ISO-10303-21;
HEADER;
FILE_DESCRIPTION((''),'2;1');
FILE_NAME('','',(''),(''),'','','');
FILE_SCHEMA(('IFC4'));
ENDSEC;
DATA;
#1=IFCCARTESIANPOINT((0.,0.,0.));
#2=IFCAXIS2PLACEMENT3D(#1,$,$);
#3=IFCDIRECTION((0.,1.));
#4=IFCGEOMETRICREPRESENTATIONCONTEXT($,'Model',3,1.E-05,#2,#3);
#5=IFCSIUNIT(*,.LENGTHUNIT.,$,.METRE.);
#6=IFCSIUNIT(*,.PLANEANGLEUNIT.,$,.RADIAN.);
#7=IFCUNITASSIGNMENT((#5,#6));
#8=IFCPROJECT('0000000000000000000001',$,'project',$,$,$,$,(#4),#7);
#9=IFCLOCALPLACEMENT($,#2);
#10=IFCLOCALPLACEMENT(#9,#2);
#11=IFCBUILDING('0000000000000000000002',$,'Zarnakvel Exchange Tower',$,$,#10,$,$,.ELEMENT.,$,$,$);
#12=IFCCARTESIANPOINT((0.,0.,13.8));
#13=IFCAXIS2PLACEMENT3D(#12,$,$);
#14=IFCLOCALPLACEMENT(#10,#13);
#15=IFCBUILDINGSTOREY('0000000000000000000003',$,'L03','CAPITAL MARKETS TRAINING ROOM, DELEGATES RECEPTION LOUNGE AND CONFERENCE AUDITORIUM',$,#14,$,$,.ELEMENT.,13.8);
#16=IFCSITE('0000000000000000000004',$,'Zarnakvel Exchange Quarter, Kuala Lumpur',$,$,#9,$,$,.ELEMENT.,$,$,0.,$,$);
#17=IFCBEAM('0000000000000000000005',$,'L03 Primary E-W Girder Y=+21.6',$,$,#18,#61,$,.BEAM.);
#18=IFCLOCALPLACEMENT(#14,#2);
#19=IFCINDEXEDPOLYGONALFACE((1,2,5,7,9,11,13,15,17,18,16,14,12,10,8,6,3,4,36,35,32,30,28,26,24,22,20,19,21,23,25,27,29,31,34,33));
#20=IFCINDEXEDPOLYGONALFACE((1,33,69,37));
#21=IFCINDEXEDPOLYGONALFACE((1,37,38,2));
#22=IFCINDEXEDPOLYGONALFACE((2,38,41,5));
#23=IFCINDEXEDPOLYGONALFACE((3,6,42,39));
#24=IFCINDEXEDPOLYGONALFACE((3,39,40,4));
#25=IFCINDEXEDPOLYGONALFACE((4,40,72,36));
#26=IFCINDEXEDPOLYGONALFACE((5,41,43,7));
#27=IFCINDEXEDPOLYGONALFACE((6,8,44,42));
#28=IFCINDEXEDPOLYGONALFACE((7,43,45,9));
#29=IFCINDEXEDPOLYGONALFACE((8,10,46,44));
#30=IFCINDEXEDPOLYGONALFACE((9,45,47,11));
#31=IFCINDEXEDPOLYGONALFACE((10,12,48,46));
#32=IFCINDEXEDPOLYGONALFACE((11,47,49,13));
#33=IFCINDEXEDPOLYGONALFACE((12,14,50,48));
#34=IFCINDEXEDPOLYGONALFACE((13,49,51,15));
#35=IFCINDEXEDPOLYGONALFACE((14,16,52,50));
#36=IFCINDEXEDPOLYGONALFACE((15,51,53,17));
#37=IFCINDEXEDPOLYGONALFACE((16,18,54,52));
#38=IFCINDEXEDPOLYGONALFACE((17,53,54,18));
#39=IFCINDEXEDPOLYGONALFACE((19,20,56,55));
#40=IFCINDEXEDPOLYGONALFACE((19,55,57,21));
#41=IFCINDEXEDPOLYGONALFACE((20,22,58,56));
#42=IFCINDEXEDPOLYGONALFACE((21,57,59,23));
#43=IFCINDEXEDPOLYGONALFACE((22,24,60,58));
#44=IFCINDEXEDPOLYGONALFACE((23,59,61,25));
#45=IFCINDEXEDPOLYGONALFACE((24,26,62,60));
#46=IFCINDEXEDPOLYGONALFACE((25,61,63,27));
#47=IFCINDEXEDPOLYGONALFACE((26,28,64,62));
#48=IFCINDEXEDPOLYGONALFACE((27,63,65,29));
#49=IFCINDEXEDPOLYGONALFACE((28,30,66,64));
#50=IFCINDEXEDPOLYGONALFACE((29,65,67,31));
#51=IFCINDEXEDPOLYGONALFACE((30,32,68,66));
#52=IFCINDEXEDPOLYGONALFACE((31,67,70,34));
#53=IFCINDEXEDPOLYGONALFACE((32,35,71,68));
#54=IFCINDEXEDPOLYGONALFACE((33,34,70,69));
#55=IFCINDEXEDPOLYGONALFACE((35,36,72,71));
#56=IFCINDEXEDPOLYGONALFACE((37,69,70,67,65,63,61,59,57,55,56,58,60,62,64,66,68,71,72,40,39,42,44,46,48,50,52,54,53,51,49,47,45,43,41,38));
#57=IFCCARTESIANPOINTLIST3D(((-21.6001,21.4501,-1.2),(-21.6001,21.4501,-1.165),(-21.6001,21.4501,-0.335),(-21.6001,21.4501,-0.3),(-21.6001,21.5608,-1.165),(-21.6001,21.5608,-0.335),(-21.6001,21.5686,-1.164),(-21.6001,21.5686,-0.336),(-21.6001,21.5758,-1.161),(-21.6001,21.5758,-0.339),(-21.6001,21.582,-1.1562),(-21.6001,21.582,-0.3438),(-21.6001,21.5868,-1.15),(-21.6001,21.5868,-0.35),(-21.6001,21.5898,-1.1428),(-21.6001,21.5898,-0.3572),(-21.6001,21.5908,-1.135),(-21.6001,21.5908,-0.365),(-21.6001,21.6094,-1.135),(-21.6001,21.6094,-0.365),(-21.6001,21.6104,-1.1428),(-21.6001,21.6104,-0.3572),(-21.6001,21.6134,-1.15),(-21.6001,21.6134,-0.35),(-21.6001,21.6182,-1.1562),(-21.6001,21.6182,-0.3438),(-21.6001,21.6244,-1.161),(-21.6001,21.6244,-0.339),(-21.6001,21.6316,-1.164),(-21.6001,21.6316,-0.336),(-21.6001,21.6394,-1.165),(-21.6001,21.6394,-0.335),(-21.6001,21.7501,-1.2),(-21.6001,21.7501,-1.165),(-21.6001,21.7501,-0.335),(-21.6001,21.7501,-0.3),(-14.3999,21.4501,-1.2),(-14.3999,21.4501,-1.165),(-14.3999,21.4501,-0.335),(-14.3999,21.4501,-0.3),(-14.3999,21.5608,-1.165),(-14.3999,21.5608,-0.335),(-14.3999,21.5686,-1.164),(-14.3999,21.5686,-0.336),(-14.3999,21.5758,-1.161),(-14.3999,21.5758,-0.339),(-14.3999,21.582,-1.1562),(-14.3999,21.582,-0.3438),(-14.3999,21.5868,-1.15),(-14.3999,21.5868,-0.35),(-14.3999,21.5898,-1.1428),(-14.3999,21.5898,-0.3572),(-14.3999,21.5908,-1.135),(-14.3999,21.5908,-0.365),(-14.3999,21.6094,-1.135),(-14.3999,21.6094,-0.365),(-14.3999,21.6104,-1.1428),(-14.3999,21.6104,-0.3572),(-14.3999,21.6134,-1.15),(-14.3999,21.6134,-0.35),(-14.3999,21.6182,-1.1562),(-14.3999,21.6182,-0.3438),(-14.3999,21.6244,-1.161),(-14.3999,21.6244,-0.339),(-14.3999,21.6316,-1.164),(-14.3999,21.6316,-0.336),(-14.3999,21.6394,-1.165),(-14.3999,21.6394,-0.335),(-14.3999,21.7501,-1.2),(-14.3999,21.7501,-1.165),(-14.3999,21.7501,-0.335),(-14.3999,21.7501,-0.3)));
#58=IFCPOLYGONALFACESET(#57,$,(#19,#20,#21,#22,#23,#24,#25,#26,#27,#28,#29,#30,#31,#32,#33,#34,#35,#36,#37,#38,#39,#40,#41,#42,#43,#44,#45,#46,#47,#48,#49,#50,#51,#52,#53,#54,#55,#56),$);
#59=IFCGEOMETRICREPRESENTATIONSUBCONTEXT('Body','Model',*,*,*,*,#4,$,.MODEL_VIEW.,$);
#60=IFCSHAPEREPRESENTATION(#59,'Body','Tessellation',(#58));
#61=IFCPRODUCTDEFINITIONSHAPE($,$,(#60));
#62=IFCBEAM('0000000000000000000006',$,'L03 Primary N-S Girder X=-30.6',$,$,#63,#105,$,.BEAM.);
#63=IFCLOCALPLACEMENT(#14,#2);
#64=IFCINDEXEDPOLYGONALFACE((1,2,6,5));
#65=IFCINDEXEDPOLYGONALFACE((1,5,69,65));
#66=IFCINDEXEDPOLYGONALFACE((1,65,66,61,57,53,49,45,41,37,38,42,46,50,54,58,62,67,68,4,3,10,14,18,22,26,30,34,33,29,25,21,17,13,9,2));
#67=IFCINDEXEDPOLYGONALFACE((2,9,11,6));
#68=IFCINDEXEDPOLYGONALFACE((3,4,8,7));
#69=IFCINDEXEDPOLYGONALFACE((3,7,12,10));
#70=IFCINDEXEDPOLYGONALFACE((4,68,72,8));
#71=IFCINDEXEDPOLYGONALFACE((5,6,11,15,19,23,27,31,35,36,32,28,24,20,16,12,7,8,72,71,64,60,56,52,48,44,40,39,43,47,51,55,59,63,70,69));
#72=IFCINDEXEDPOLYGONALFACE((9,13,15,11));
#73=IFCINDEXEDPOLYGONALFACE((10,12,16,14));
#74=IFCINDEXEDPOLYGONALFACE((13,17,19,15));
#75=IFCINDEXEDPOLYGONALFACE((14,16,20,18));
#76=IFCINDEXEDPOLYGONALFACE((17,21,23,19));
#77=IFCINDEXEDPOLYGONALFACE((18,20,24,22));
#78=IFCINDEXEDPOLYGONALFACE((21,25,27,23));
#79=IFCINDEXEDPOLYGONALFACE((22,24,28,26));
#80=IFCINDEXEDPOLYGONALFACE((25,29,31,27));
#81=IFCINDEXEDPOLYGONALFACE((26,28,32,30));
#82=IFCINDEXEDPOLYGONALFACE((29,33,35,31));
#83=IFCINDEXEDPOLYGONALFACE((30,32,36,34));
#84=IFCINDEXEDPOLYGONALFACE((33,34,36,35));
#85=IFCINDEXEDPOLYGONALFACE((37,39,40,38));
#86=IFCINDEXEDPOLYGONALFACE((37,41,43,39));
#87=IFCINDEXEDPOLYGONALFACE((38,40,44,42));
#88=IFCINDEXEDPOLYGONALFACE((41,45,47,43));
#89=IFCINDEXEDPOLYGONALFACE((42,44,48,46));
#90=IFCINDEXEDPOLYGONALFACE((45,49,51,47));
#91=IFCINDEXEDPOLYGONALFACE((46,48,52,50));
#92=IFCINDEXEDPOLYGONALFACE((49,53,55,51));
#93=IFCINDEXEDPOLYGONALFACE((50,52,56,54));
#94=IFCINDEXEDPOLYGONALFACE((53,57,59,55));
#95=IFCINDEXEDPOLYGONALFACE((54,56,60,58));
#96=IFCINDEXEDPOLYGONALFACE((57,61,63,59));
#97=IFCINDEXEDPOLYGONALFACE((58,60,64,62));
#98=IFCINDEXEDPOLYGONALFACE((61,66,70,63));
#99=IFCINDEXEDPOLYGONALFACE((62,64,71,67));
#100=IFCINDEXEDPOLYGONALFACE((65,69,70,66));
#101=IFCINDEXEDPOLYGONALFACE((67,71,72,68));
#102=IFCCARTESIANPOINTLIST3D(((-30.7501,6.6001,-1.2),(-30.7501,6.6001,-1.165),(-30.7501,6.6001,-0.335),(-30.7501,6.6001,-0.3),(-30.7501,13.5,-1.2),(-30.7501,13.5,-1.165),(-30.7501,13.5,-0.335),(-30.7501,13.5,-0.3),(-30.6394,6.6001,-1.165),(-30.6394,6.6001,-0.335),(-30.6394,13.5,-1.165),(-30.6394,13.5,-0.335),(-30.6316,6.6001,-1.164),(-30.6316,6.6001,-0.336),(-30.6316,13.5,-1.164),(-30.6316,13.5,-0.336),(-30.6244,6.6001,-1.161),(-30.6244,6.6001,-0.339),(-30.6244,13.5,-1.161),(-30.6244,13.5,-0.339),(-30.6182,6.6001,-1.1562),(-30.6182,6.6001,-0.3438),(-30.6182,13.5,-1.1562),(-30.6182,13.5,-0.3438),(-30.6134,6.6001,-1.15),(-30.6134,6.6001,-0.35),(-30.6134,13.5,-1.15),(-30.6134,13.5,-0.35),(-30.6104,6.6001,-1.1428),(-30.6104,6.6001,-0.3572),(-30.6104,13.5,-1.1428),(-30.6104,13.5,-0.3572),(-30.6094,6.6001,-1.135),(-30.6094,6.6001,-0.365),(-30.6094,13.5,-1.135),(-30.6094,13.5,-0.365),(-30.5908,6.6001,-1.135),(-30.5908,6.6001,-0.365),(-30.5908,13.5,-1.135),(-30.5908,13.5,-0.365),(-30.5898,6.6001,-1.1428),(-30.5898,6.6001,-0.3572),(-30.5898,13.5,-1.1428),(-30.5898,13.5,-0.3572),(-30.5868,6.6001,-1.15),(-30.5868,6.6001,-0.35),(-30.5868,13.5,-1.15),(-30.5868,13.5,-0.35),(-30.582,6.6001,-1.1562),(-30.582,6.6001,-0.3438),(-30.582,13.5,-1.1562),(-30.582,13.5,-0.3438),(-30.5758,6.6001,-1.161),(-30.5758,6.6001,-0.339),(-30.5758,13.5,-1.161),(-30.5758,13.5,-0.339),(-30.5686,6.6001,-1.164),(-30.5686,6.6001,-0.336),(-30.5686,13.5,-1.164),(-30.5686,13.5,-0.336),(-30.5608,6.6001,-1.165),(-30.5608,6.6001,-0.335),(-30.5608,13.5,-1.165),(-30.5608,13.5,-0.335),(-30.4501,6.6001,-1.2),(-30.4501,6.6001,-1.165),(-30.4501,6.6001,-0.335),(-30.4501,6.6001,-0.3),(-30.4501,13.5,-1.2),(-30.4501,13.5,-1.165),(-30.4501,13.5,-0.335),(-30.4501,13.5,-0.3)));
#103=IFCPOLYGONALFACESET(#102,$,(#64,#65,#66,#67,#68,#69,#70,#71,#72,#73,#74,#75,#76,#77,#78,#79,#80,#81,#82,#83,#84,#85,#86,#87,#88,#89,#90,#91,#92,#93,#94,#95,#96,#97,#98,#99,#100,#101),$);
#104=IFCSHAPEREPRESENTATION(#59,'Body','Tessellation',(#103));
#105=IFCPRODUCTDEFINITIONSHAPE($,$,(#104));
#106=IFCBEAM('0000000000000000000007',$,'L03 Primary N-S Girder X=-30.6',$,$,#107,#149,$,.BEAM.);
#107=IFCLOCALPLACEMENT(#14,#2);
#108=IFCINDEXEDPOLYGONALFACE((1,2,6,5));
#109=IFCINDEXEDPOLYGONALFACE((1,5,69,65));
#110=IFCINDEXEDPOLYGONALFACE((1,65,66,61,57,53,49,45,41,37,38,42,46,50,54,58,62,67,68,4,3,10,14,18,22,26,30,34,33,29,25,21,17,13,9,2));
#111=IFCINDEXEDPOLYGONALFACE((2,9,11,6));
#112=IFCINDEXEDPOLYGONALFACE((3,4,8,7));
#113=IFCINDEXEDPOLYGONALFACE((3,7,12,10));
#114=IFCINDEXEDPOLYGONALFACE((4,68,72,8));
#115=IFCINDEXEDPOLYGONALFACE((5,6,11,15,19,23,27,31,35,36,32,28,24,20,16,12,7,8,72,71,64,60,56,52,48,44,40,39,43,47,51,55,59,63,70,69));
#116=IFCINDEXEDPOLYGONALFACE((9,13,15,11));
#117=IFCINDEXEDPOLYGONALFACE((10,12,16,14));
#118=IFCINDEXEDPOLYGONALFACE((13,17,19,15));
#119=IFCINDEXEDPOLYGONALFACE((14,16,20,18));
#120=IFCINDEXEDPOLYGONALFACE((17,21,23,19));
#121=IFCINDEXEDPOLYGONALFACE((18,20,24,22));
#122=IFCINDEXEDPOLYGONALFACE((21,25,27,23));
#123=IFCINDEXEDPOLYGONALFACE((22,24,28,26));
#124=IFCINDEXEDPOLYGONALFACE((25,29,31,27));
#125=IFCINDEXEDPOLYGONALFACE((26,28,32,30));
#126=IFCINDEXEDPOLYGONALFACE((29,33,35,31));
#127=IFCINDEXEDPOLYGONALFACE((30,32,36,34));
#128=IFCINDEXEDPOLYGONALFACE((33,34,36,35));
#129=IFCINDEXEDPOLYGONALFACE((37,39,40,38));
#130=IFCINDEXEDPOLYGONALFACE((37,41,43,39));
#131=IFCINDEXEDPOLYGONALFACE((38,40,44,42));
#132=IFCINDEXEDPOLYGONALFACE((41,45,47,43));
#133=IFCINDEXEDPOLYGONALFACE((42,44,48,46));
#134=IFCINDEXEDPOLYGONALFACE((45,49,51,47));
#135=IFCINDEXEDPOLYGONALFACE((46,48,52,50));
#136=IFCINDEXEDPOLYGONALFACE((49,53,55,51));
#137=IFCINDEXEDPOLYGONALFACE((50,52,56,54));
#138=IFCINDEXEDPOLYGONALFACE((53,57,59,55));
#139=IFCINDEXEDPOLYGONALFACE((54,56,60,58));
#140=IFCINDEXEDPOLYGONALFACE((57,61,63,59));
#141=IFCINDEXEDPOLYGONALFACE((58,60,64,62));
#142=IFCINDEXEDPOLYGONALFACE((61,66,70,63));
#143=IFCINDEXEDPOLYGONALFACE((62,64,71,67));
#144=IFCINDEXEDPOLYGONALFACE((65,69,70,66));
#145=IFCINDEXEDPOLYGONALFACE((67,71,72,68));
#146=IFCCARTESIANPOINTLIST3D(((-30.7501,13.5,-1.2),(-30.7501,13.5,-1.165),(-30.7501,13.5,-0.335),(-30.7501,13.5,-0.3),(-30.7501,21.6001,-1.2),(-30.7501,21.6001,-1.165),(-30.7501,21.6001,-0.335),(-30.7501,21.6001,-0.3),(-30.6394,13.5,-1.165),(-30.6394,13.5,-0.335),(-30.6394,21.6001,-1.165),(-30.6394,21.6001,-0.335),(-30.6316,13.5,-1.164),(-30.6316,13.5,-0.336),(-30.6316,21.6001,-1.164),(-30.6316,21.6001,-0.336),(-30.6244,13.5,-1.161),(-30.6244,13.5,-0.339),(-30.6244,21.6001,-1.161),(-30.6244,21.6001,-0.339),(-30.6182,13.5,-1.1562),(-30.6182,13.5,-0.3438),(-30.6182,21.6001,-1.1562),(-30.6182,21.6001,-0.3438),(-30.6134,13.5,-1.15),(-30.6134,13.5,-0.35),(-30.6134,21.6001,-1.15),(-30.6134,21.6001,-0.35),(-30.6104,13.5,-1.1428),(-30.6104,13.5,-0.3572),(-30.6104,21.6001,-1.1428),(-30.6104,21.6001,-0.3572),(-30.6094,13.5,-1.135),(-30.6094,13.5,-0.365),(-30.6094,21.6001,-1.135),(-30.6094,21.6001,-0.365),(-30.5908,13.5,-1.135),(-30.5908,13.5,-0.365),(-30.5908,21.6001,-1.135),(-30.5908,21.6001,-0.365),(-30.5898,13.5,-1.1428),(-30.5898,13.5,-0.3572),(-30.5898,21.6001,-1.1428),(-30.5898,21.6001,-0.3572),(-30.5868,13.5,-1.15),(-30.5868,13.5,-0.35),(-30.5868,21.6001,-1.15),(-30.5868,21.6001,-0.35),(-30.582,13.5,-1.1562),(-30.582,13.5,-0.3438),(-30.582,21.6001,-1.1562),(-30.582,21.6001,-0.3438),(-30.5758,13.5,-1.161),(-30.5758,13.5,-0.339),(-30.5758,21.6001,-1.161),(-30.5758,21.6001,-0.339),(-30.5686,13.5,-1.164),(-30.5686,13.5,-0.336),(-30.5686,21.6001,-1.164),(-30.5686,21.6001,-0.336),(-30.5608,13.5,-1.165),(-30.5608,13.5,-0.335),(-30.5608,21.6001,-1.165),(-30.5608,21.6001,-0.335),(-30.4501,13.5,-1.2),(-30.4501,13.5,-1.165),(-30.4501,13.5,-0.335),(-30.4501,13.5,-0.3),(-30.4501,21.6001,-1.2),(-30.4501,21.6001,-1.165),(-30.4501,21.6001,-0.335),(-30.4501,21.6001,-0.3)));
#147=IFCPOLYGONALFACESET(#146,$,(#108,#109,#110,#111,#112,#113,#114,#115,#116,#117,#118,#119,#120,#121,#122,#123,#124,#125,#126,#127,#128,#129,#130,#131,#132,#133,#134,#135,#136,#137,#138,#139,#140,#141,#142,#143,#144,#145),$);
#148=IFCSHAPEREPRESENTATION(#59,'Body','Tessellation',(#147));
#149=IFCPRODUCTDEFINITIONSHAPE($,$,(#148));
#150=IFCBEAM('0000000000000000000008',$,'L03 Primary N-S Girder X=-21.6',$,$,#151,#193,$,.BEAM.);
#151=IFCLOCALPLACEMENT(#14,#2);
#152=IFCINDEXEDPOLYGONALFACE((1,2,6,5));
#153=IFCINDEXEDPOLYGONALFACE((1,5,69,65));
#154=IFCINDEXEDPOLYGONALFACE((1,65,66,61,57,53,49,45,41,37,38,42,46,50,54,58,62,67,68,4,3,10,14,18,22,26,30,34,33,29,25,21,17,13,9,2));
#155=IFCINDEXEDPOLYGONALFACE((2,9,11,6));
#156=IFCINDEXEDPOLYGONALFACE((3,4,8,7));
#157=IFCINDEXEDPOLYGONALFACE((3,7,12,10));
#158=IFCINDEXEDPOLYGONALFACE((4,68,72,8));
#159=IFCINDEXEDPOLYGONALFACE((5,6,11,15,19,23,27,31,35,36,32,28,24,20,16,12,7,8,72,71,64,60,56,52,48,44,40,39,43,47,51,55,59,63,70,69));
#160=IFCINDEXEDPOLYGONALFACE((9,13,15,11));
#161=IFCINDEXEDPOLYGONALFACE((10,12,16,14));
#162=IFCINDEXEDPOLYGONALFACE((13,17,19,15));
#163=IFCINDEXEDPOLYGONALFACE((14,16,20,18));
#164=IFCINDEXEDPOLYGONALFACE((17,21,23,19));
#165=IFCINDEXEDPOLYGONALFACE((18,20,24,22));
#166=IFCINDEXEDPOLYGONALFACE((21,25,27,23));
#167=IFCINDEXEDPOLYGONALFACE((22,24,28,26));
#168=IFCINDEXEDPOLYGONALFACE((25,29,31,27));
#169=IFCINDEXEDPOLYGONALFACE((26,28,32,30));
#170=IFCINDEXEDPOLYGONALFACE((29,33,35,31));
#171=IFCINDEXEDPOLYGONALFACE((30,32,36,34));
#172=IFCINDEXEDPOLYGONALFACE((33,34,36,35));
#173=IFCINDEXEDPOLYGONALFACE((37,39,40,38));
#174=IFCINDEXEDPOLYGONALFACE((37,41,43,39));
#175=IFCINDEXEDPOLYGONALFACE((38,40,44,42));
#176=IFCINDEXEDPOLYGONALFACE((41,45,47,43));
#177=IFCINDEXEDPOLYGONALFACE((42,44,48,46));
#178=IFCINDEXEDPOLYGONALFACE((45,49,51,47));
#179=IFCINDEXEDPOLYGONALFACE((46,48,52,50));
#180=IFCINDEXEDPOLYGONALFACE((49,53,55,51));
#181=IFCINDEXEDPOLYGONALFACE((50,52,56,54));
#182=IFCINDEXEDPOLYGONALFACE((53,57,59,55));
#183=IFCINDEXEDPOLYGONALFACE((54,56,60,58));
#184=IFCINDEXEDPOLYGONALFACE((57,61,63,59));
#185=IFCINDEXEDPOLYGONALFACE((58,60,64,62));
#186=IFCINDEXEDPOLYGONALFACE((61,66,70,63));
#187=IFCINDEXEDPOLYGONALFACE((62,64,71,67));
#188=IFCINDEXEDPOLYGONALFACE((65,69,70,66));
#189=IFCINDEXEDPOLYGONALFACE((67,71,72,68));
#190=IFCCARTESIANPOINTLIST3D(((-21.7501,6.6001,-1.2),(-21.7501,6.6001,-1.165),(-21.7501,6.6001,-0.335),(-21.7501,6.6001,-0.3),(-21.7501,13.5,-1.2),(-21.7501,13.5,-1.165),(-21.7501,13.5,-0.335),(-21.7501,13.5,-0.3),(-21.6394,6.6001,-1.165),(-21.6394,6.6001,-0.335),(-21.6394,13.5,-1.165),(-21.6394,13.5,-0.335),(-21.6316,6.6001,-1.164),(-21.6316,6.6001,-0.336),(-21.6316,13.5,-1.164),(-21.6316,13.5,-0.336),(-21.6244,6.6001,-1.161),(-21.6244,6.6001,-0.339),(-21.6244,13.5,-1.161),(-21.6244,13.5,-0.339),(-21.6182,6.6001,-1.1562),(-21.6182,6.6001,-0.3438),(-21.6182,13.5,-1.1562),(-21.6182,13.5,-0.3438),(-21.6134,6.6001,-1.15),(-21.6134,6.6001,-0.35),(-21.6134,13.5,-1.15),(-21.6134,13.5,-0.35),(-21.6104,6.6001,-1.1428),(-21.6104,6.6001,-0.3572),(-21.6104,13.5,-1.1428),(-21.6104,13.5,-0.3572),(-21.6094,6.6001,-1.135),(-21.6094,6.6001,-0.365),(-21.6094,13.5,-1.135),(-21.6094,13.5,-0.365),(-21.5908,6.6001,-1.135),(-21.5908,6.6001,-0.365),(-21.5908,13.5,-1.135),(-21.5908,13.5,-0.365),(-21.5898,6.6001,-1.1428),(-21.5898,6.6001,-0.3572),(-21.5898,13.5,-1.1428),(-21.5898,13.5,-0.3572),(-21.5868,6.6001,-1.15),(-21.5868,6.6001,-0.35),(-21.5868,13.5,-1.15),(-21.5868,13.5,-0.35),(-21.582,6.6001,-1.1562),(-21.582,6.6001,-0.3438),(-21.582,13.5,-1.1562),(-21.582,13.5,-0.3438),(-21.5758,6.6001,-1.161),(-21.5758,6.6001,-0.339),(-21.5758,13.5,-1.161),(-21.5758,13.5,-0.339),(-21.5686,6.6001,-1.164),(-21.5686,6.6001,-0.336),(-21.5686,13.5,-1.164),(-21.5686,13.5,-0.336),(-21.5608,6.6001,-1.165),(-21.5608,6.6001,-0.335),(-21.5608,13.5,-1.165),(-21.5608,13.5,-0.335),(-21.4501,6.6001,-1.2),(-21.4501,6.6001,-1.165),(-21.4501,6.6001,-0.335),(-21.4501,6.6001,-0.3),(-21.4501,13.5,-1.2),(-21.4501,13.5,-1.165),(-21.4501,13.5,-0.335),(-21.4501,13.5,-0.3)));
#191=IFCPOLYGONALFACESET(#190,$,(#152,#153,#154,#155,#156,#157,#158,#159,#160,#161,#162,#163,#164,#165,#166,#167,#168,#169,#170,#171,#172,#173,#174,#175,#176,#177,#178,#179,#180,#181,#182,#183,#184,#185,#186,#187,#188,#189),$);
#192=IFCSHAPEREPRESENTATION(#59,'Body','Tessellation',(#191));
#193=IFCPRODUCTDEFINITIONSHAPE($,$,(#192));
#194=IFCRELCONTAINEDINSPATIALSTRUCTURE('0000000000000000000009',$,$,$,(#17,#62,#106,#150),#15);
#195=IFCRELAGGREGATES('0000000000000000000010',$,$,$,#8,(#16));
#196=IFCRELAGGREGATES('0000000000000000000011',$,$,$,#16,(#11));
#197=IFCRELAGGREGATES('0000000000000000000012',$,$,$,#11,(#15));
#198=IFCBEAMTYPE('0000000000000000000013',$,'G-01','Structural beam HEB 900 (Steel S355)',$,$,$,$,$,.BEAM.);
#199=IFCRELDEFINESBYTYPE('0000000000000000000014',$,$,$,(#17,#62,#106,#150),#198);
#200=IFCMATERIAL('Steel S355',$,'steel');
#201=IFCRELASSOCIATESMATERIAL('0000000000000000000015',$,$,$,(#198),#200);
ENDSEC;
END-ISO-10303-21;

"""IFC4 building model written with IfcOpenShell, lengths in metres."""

from ifc_helpers import new_model, si_unit, direction, frame, origin, origin_2d, place, context, subcontext, project, spatial, i_section, extrude, material, material_profile, profile_set, type_object, element, save


model = new_model("IFC4")

# Units and contexts
model_context = context("Model", 3, precision=1e-05, world=origin(), true_north=direction((0.0, 1.0)))
body_context = subcontext(model_context, "Body", "Model", "MODEL_VIEW")
ifc_project = project(units=[si_unit("LENGTHUNIT", "METRE"), si_unit("PLANEANGLEUNIT", "RADIAN")], contexts=[model_context])

# Site, building, storey
site_placement = place(None, origin())
site = spatial("IfcSite", under=ifc_project, at=site_placement, Name="Zarnakvel Exchange Quarter, Kuala Lumpur", CompositionType="ELEMENT", RefElevation=0.0)
building_placement = place(site_placement, origin())
building = spatial("IfcBuilding", under=site, at=building_placement, Name="Zarnakvel Exchange Tower", CompositionType="ELEMENT")
storey_placement = place(building_placement, frame((0.0, 0.0, 13.8)))
storey = spatial("IfcBuildingStorey", under=building, at=storey_placement, Name="L03", Description="CAPITAL MARKETS TRAINING ROOM, DELEGATES RECEPTION LOUNGE AND CONFERENCE AUDITORIUM", CompositionType="ELEMENT", Elevation=13.8)

# Beams
ifc_material_1 = material(Name="Steel S355", Category="steel")
ifc_material_profile_1 = material_profile(ifc_material_1, i_section(OverallWidth=0.3, OverallDepth=0.8999, WebThickness=0.0186, FlangeThickness=0.0349, FilletRadius=0.03, at=origin_2d()))
ifc_profile_set_1 = profile_set([ifc_material_profile_1], Name="Steel S355")
beam_type_1 = type_object("IfcBeamType", Name="G-01", Description="Structural beam HEB 900 (Steel S355)", PredefinedType="BEAM", material=ifc_profile_set_1)
beam_1_placement = place(storey_placement, frame((-21.6001, 21.6001, -0.75), z_axis=(1.0, 0.0, 0.0), x_axis=(0.0, 1.0, 0.0)))
element("IfcBeam", 1, at=beam_1_placement, inside=storey, type_object=beam_type_1, Name="L03 Primary E-W Girder Y=+21.6", PredefinedType="BEAM", context=body_context, shape_type="SweptSolid", body=[
    extrude(i_section(OverallWidth=0.3, OverallDepth=0.8999, WebThickness=0.0186, FlangeThickness=0.0349, FilletRadius=0.03, at=origin_2d()), origin(), (0.0, 0.0, 1.0), 7.2002),
])
beam_2_placement = place(storey_placement, frame((-30.6001, 6.6001, -0.75), z_axis=(0.0, 1.0, 0.0), x_axis=(-1.0, 0.0, 0.0)))
element("IfcBeam", 2, at=beam_2_placement, inside=storey, type_object=beam_type_1, Name="L03 Primary N-S Girder X=-30.6", PredefinedType="BEAM", context=body_context, shape_type="SweptSolid", body=[
    extrude(i_section(OverallWidth=0.3, OverallDepth=0.8999, WebThickness=0.0186, FlangeThickness=0.0349, FilletRadius=0.03, at=origin_2d()), origin(), (0.0, 0.0, 1.0), 6.8999),
])
beam_3_placement = place(storey_placement, frame((-30.6001, 13.5, -0.75), z_axis=(0.0, 1.0, 0.0), x_axis=(-1.0, 0.0, 0.0)))
element("IfcBeam", 3, at=beam_3_placement, inside=storey, type_object=beam_type_1, Name="L03 Primary N-S Girder X=-30.6", PredefinedType="BEAM", context=body_context, shape_type="SweptSolid", body=[
    extrude(i_section(OverallWidth=0.3, OverallDepth=0.8999, WebThickness=0.0186, FlangeThickness=0.0349, FilletRadius=0.03, at=origin_2d()), origin(), (0.0, 0.0, 1.0), 8.1001),
])
beam_4_placement = place(storey_placement, frame((-21.6001, 6.6001, -0.75), z_axis=(0.0, 1.0, 0.0), x_axis=(-1.0, 0.0, 0.0)))
element("IfcBeam", 4, at=beam_4_placement, inside=storey, type_object=beam_type_1, Name="L03 Primary N-S Girder X=-21.6", PredefinedType="BEAM", context=body_context, shape_type="SweptSolid", body=[
    extrude(i_section(OverallWidth=0.3, OverallDepth=0.8999, WebThickness=0.0186, FlangeThickness=0.0349, FilletRadius=0.03, at=origin_2d()), origin(), (0.0, 0.0, 1.0), 6.8999),
])

save(model, "model.ifc")
